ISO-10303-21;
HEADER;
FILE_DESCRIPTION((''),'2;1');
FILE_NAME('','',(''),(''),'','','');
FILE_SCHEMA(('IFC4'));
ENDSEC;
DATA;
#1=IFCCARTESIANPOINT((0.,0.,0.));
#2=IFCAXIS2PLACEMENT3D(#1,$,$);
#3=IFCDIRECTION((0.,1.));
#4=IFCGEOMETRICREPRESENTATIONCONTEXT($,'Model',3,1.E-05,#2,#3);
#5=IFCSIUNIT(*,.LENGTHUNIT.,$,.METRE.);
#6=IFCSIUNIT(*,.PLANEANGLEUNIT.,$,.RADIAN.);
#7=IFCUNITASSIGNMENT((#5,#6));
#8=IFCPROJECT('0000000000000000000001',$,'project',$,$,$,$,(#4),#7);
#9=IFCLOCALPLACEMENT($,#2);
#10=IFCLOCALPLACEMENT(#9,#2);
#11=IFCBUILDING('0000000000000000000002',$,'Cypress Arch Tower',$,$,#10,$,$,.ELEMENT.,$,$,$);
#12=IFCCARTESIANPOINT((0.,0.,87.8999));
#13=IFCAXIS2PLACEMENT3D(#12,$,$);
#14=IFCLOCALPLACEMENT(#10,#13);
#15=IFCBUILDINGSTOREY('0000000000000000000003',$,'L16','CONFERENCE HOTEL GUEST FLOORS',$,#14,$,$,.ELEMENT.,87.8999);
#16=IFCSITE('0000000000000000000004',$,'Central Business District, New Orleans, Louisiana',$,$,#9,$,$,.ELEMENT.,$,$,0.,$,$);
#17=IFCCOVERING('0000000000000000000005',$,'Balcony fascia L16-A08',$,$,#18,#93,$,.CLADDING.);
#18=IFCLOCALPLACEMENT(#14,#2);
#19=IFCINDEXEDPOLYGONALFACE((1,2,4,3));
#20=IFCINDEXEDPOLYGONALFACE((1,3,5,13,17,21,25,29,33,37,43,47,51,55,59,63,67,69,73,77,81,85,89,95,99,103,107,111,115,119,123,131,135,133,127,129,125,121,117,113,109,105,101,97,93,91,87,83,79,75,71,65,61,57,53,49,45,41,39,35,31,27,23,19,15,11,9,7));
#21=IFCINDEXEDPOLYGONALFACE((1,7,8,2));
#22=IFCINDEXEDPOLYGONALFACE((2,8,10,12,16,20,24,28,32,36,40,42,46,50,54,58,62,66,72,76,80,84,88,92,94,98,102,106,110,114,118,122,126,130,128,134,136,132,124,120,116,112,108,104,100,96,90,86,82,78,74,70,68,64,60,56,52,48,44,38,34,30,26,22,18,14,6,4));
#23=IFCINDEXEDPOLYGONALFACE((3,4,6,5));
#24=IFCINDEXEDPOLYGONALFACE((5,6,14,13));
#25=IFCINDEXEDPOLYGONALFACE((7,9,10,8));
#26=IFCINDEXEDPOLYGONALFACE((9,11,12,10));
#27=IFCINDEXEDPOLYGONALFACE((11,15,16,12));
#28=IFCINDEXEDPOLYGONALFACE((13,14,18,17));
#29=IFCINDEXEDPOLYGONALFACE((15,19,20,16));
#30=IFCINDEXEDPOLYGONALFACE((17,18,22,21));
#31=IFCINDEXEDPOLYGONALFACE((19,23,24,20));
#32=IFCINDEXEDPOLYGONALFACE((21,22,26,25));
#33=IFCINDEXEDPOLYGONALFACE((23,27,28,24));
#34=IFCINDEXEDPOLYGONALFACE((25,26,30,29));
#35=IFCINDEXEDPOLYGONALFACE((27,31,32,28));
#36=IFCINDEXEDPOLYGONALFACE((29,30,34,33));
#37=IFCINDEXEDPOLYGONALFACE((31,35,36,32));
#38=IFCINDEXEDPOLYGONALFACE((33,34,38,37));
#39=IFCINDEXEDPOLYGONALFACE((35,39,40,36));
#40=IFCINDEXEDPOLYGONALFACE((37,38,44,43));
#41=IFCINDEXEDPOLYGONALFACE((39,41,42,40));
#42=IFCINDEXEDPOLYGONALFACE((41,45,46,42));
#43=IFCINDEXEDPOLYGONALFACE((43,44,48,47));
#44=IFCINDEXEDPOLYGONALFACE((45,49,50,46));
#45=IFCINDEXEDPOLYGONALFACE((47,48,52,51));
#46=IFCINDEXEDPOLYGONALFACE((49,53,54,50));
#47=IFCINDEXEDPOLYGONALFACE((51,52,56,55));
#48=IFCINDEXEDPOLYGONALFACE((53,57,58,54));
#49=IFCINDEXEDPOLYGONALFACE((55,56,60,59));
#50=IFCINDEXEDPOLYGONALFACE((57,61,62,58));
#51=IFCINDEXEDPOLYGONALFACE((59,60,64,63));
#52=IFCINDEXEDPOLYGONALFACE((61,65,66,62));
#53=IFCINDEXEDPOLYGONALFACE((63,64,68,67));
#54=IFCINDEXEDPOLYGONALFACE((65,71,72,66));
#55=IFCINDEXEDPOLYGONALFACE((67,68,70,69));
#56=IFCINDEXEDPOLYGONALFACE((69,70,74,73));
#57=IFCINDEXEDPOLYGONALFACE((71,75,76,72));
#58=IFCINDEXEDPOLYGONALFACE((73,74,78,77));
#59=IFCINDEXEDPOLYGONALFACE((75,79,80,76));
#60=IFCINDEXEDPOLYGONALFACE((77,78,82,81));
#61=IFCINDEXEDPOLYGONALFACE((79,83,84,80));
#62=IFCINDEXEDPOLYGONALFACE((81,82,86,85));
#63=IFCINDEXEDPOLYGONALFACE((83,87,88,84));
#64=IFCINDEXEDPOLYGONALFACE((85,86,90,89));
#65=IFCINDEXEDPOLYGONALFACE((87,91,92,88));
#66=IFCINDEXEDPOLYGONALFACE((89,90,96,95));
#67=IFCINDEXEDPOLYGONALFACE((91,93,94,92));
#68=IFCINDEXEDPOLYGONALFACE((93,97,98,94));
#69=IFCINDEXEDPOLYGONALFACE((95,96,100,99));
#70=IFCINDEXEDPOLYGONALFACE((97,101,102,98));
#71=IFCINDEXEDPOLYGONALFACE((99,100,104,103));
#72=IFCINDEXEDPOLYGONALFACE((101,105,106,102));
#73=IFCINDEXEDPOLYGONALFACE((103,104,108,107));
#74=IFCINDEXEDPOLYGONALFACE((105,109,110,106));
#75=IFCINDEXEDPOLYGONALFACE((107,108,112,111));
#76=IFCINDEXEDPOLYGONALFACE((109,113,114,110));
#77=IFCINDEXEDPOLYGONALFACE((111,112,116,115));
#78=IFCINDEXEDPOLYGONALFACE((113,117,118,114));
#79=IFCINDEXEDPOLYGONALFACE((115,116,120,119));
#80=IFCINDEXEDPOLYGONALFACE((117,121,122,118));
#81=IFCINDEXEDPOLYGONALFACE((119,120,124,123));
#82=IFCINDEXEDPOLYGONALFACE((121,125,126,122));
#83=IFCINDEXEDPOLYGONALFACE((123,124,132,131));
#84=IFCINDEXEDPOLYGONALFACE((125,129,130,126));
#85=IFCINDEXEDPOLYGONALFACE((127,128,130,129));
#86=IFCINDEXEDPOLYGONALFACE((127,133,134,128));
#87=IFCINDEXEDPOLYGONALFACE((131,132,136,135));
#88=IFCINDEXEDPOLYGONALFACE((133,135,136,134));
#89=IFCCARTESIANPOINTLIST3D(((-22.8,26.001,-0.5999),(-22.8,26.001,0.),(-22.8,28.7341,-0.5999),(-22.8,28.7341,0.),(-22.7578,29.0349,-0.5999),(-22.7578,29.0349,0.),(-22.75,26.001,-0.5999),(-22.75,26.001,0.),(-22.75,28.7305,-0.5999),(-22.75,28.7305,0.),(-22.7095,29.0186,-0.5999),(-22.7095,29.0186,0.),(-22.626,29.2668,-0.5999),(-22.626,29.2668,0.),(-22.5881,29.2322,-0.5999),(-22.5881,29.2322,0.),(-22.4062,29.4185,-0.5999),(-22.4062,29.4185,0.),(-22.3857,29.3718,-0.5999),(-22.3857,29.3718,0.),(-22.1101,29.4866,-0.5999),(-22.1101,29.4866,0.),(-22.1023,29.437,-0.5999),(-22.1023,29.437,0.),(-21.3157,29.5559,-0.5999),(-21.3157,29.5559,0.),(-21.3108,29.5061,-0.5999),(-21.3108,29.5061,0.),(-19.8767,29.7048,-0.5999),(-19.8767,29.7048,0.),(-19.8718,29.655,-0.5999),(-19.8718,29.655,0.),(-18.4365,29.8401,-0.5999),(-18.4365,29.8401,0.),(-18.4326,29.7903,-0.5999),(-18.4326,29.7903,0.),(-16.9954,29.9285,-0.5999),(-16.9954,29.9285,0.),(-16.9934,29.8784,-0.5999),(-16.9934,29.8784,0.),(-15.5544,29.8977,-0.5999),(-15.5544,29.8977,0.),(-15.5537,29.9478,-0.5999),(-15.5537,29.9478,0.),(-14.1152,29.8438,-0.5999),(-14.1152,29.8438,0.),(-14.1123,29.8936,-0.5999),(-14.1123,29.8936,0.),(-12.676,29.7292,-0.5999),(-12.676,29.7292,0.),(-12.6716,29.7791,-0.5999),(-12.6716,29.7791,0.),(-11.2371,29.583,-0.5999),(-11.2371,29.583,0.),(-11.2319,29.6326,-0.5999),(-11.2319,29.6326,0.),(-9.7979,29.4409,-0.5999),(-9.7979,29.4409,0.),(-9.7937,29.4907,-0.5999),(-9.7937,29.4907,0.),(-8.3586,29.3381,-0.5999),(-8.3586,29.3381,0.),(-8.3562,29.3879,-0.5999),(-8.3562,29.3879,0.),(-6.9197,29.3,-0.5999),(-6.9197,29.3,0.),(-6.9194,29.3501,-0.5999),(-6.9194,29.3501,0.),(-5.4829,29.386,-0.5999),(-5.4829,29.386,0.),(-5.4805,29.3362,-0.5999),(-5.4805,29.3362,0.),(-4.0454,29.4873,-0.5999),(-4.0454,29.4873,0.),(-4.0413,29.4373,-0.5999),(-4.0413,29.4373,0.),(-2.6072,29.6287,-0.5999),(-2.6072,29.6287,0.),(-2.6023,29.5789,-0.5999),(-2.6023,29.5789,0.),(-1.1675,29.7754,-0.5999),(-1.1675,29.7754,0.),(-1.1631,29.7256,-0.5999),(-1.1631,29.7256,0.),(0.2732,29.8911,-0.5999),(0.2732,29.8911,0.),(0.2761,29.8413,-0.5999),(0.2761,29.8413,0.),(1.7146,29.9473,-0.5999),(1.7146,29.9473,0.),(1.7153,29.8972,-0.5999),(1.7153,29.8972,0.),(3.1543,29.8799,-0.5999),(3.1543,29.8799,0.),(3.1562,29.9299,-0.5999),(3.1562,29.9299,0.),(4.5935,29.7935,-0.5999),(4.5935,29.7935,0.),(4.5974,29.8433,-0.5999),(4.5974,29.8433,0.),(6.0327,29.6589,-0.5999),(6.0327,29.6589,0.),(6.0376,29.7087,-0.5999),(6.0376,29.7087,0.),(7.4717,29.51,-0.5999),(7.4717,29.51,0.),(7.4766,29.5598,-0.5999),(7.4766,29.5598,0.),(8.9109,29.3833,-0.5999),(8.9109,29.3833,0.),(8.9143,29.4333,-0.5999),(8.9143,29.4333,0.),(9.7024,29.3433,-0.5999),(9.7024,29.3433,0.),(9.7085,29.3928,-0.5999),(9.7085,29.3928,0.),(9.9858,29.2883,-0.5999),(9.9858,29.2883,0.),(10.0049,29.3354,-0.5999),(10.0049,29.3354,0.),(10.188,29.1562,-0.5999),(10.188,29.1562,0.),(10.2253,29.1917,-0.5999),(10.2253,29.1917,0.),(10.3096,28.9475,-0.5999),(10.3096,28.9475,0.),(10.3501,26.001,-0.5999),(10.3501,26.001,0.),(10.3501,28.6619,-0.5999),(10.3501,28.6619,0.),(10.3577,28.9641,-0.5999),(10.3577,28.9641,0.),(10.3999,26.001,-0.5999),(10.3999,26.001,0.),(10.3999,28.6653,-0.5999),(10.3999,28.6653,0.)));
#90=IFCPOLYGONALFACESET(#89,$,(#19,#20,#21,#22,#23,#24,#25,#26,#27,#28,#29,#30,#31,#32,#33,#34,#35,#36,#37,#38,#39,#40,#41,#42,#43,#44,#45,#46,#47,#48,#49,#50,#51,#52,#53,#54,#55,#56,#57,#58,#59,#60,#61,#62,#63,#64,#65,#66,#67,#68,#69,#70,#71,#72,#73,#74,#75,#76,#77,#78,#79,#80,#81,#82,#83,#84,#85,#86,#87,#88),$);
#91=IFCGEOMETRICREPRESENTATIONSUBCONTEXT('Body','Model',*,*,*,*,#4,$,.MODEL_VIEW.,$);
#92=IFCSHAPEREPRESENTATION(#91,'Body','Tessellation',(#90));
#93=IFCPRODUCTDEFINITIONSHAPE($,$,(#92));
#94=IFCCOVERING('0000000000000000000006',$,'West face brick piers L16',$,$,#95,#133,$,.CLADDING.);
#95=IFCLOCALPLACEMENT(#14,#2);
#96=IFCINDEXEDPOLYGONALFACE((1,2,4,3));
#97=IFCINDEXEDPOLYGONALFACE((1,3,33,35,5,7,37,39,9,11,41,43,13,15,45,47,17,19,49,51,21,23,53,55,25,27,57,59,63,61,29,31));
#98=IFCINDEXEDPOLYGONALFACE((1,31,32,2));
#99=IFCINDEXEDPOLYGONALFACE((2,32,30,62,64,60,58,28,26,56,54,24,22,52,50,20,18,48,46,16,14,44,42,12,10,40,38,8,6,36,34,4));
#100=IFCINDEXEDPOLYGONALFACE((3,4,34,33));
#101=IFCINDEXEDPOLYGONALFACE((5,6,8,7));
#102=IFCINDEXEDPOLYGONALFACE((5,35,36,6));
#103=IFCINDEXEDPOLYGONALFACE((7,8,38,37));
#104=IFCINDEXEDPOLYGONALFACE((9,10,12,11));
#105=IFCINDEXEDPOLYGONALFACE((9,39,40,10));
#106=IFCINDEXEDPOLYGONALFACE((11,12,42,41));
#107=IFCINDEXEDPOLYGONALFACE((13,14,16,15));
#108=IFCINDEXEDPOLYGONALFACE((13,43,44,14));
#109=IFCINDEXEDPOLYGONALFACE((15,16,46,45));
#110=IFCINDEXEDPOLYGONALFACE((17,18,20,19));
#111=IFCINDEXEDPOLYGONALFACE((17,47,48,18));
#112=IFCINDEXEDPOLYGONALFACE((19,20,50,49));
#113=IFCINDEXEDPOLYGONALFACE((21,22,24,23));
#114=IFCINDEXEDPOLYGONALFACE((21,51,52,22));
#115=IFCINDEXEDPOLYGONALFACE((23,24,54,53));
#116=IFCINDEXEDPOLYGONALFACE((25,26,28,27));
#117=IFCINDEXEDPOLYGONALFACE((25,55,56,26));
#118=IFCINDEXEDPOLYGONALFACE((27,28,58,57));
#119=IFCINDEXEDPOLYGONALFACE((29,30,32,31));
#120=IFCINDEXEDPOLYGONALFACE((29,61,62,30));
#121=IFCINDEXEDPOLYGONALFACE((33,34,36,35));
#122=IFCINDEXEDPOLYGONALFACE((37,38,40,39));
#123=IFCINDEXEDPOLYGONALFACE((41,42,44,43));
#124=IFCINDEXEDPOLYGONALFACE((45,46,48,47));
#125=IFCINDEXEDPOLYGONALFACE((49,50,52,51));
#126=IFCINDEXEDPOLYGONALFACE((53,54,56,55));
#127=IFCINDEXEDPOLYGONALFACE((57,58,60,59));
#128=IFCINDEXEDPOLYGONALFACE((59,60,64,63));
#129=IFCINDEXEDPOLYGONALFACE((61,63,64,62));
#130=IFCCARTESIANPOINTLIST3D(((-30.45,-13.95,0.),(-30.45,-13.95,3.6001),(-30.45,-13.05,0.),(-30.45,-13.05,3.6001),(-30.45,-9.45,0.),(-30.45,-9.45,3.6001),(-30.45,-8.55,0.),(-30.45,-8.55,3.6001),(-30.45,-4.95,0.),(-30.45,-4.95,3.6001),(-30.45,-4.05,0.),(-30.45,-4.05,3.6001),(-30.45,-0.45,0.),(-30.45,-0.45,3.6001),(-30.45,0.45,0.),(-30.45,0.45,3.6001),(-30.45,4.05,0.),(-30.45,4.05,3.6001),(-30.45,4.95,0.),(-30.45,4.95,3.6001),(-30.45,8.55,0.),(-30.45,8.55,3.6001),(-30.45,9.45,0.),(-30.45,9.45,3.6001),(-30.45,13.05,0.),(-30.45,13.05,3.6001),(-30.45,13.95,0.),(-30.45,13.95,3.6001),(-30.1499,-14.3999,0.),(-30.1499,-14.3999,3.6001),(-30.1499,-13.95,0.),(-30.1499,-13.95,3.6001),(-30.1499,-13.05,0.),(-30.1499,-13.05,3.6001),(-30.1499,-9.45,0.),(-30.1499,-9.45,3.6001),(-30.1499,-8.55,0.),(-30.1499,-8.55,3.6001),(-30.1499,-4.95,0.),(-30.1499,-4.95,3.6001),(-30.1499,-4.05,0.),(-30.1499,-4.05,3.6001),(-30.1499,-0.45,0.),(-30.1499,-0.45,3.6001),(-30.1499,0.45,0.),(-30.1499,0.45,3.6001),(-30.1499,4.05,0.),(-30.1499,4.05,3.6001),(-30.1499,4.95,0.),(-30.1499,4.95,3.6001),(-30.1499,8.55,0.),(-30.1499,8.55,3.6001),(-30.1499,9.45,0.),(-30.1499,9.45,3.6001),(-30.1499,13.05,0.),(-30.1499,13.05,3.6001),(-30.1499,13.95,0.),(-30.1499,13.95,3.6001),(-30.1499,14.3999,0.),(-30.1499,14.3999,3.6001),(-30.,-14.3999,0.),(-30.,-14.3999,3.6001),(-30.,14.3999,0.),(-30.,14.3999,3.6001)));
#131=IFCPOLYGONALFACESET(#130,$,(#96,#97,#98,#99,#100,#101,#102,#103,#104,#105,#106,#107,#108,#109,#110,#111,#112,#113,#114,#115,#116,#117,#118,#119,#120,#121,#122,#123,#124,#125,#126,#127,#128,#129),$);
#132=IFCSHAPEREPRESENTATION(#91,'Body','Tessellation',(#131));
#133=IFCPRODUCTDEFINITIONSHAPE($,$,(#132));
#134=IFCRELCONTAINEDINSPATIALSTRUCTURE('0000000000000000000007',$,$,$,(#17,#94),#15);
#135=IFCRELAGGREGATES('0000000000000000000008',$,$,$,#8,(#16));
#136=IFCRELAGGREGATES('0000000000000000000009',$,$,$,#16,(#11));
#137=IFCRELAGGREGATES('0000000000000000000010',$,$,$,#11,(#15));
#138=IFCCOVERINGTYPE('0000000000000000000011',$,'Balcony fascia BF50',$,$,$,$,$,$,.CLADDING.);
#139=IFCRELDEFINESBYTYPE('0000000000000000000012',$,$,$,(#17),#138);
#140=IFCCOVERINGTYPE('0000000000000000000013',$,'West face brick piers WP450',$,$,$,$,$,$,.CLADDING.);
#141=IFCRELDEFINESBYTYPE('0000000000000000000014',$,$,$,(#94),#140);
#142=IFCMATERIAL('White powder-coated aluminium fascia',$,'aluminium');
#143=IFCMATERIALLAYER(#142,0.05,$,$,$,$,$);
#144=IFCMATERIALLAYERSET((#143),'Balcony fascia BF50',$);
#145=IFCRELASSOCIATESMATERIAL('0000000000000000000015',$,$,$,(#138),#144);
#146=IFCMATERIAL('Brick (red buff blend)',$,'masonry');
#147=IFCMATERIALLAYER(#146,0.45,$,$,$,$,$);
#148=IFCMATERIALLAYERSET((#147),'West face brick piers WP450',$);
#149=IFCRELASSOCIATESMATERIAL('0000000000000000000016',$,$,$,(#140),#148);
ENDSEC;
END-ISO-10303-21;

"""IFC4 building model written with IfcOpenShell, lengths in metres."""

from ifc_helpers import new_model, si_unit, direction, frame, origin, place, context, subcontext, project, spatial, polyline, outline, extrude, material, layer, layer_set, type_object, element, save


model = new_model("IFC4")

# Units and contexts
model_context = context("Model", 3, precision=1e-05, world=origin(), true_north=direction((0.0, 1.0)))
body_context = subcontext(model_context, "Body", "Model", "MODEL_VIEW")
ifc_project = project(units=[si_unit("LENGTHUNIT", "METRE"), si_unit("PLANEANGLEUNIT", "RADIAN")], contexts=[model_context])

# Site, building, storey
site_placement = place(None, origin())
site = spatial("IfcSite", under=ifc_project, at=site_placement, Name="Central Business District, New Orleans, Louisiana", CompositionType="ELEMENT", RefElevation=0.0)
building_placement = place(site_placement, origin())
building = spatial("IfcBuilding", under=site, at=building_placement, Name="Cypress Arch Tower", CompositionType="ELEMENT")
storey_placement = place(building_placement, frame((0.0, 0.0, 87.8999)))
storey = spatial("IfcBuildingStorey", under=building, at=storey_placement, Name="L16", Description="CONFERENCE HOTEL GUEST FLOORS", CompositionType="ELEMENT", Elevation=87.8999)

# Coverings
ifc_material_1 = material(Name="White powder-coated aluminium fascia", Category="aluminium")
ifc_layer_1 = layer(ifc_material_1, 0.05)
ifc_layer_set_1 = layer_set([ifc_layer_1], Name="Balcony fascia BF50")
covering_type_1 = type_object("IfcCoveringType", Name="Balcony fascia BF50", PredefinedType="CLADDING", material=ifc_layer_set_1)
covering_1_placement = place(storey_placement, frame((0.0, 0.0, -0.5999)))
element("IfcCovering", 1, at=covering_1_placement, inside=storey, type_object=covering_type_1, Name="Balcony fascia L16-A08", PredefinedType="CLADDING", context=body_context, shape_type="SweptSolid", body=[
    extrude(outline(polyline([(-22.8, 28.7341), (-22.7578, 29.0349), (-22.626, 29.2668), (-22.4062, 29.4185), (-22.1101, 29.4866), (-21.3157, 29.5559), (-19.8767, 29.7048), (-18.4365, 29.8401), (-16.9954, 29.9285), (-15.5537, 29.9478), (-14.1123, 29.8936), (-12.6716, 29.7791), (-11.2319, 29.6326), (-9.7937, 29.4907), (-8.3562, 29.3879), (-6.9194, 29.3501), (-5.4829, 29.386), (-4.0454, 29.4873), (-2.6072, 29.6287), (-1.1675, 29.7754), (0.2732, 29.8911), (1.7146, 29.9473), (3.1562, 29.9299), (4.5974, 29.8433), (6.0376, 29.7087), (7.4766, 29.5598), (8.9143, 29.4333), (9.7085, 29.3928), (10.0049, 29.3354), (10.2253, 29.1917), (10.3577, 28.9641), (10.3999, 28.6653), (10.3999, 26.001), (10.3501, 26.001), (10.3501, 28.6619), (10.3096, 28.9475), (10.188, 29.1562), (9.9858, 29.2883), (9.7024, 29.3433), (8.9109, 29.3833), (7.4717, 29.51), (6.0327, 29.6589), (4.5935, 29.7935), (3.1543, 29.8799), (1.7153, 29.8972), (0.2761, 29.8413), (-1.1631, 29.7256), (-2.6023, 29.5789), (-4.0413, 29.4373), (-5.4805, 29.3362), (-6.9197, 29.3), (-8.3586, 29.3381), (-9.7979, 29.4409), (-11.2371, 29.583), (-12.676, 29.7292), (-14.1152, 29.8438), (-15.5544, 29.8977), (-16.9934, 29.8784), (-18.4326, 29.7903), (-19.8718, 29.655), (-21.3108, 29.5061), (-22.1023, 29.437), (-22.3857, 29.3718), (-22.5881, 29.2322), (-22.7095, 29.0186), (-22.75, 28.7305), (-22.75, 26.001), (-22.8, 26.001), (-22.8, 28.7341)])), origin(), (0.0, 0.0, 1.0), 0.5999),
])
ifc_material_2 = material(Name="Brick (red buff blend)", Category="masonry")
ifc_layer_2 = layer(ifc_material_2, 0.45)
ifc_layer_set_2 = layer_set([ifc_layer_2], Name="West face brick piers WP450")
covering_type_2 = type_object("IfcCoveringType", Name="West face brick piers WP450", PredefinedType="CLADDING", material=ifc_layer_set_2)
covering_2_placement = place(storey_placement, origin())
element("IfcCovering", 2, at=covering_2_placement, inside=storey, type_object=covering_type_2, Name="West face brick piers L16", PredefinedType="CLADDING", context=body_context, shape_type="SweptSolid", body=[
    extrude(outline(polyline([(-30.1499, -13.05), (-30.1499, -9.45), (-30.45, -9.45), (-30.45, -8.55), (-30.1499, -8.55), (-30.1499, -4.95), (-30.45, -4.95), (-30.45, -4.05), (-30.1499, -4.05), (-30.1499, -0.45), (-30.45, -0.45), (-30.45, 0.45), (-30.1499, 0.45), (-30.1499, 4.05), (-30.45, 4.05), (-30.45, 4.95), (-30.1499, 4.95), (-30.1499, 8.55), (-30.45, 8.55), (-30.45, 9.45), (-30.1499, 9.45), (-30.1499, 13.05), (-30.45, 13.05), (-30.45, 13.95), (-30.1499, 13.95), (-30.1499, 14.3999), (-30.0, 14.3999), (-30.0, -14.3999), (-30.1499, -14.3999), (-30.1499, -13.95), (-30.45, -13.95), (-30.45, -13.05), (-30.1499, -13.05)])), origin(), (0.0, 0.0, 1.0), 3.6001),
])

save(model, "model.ifc")
